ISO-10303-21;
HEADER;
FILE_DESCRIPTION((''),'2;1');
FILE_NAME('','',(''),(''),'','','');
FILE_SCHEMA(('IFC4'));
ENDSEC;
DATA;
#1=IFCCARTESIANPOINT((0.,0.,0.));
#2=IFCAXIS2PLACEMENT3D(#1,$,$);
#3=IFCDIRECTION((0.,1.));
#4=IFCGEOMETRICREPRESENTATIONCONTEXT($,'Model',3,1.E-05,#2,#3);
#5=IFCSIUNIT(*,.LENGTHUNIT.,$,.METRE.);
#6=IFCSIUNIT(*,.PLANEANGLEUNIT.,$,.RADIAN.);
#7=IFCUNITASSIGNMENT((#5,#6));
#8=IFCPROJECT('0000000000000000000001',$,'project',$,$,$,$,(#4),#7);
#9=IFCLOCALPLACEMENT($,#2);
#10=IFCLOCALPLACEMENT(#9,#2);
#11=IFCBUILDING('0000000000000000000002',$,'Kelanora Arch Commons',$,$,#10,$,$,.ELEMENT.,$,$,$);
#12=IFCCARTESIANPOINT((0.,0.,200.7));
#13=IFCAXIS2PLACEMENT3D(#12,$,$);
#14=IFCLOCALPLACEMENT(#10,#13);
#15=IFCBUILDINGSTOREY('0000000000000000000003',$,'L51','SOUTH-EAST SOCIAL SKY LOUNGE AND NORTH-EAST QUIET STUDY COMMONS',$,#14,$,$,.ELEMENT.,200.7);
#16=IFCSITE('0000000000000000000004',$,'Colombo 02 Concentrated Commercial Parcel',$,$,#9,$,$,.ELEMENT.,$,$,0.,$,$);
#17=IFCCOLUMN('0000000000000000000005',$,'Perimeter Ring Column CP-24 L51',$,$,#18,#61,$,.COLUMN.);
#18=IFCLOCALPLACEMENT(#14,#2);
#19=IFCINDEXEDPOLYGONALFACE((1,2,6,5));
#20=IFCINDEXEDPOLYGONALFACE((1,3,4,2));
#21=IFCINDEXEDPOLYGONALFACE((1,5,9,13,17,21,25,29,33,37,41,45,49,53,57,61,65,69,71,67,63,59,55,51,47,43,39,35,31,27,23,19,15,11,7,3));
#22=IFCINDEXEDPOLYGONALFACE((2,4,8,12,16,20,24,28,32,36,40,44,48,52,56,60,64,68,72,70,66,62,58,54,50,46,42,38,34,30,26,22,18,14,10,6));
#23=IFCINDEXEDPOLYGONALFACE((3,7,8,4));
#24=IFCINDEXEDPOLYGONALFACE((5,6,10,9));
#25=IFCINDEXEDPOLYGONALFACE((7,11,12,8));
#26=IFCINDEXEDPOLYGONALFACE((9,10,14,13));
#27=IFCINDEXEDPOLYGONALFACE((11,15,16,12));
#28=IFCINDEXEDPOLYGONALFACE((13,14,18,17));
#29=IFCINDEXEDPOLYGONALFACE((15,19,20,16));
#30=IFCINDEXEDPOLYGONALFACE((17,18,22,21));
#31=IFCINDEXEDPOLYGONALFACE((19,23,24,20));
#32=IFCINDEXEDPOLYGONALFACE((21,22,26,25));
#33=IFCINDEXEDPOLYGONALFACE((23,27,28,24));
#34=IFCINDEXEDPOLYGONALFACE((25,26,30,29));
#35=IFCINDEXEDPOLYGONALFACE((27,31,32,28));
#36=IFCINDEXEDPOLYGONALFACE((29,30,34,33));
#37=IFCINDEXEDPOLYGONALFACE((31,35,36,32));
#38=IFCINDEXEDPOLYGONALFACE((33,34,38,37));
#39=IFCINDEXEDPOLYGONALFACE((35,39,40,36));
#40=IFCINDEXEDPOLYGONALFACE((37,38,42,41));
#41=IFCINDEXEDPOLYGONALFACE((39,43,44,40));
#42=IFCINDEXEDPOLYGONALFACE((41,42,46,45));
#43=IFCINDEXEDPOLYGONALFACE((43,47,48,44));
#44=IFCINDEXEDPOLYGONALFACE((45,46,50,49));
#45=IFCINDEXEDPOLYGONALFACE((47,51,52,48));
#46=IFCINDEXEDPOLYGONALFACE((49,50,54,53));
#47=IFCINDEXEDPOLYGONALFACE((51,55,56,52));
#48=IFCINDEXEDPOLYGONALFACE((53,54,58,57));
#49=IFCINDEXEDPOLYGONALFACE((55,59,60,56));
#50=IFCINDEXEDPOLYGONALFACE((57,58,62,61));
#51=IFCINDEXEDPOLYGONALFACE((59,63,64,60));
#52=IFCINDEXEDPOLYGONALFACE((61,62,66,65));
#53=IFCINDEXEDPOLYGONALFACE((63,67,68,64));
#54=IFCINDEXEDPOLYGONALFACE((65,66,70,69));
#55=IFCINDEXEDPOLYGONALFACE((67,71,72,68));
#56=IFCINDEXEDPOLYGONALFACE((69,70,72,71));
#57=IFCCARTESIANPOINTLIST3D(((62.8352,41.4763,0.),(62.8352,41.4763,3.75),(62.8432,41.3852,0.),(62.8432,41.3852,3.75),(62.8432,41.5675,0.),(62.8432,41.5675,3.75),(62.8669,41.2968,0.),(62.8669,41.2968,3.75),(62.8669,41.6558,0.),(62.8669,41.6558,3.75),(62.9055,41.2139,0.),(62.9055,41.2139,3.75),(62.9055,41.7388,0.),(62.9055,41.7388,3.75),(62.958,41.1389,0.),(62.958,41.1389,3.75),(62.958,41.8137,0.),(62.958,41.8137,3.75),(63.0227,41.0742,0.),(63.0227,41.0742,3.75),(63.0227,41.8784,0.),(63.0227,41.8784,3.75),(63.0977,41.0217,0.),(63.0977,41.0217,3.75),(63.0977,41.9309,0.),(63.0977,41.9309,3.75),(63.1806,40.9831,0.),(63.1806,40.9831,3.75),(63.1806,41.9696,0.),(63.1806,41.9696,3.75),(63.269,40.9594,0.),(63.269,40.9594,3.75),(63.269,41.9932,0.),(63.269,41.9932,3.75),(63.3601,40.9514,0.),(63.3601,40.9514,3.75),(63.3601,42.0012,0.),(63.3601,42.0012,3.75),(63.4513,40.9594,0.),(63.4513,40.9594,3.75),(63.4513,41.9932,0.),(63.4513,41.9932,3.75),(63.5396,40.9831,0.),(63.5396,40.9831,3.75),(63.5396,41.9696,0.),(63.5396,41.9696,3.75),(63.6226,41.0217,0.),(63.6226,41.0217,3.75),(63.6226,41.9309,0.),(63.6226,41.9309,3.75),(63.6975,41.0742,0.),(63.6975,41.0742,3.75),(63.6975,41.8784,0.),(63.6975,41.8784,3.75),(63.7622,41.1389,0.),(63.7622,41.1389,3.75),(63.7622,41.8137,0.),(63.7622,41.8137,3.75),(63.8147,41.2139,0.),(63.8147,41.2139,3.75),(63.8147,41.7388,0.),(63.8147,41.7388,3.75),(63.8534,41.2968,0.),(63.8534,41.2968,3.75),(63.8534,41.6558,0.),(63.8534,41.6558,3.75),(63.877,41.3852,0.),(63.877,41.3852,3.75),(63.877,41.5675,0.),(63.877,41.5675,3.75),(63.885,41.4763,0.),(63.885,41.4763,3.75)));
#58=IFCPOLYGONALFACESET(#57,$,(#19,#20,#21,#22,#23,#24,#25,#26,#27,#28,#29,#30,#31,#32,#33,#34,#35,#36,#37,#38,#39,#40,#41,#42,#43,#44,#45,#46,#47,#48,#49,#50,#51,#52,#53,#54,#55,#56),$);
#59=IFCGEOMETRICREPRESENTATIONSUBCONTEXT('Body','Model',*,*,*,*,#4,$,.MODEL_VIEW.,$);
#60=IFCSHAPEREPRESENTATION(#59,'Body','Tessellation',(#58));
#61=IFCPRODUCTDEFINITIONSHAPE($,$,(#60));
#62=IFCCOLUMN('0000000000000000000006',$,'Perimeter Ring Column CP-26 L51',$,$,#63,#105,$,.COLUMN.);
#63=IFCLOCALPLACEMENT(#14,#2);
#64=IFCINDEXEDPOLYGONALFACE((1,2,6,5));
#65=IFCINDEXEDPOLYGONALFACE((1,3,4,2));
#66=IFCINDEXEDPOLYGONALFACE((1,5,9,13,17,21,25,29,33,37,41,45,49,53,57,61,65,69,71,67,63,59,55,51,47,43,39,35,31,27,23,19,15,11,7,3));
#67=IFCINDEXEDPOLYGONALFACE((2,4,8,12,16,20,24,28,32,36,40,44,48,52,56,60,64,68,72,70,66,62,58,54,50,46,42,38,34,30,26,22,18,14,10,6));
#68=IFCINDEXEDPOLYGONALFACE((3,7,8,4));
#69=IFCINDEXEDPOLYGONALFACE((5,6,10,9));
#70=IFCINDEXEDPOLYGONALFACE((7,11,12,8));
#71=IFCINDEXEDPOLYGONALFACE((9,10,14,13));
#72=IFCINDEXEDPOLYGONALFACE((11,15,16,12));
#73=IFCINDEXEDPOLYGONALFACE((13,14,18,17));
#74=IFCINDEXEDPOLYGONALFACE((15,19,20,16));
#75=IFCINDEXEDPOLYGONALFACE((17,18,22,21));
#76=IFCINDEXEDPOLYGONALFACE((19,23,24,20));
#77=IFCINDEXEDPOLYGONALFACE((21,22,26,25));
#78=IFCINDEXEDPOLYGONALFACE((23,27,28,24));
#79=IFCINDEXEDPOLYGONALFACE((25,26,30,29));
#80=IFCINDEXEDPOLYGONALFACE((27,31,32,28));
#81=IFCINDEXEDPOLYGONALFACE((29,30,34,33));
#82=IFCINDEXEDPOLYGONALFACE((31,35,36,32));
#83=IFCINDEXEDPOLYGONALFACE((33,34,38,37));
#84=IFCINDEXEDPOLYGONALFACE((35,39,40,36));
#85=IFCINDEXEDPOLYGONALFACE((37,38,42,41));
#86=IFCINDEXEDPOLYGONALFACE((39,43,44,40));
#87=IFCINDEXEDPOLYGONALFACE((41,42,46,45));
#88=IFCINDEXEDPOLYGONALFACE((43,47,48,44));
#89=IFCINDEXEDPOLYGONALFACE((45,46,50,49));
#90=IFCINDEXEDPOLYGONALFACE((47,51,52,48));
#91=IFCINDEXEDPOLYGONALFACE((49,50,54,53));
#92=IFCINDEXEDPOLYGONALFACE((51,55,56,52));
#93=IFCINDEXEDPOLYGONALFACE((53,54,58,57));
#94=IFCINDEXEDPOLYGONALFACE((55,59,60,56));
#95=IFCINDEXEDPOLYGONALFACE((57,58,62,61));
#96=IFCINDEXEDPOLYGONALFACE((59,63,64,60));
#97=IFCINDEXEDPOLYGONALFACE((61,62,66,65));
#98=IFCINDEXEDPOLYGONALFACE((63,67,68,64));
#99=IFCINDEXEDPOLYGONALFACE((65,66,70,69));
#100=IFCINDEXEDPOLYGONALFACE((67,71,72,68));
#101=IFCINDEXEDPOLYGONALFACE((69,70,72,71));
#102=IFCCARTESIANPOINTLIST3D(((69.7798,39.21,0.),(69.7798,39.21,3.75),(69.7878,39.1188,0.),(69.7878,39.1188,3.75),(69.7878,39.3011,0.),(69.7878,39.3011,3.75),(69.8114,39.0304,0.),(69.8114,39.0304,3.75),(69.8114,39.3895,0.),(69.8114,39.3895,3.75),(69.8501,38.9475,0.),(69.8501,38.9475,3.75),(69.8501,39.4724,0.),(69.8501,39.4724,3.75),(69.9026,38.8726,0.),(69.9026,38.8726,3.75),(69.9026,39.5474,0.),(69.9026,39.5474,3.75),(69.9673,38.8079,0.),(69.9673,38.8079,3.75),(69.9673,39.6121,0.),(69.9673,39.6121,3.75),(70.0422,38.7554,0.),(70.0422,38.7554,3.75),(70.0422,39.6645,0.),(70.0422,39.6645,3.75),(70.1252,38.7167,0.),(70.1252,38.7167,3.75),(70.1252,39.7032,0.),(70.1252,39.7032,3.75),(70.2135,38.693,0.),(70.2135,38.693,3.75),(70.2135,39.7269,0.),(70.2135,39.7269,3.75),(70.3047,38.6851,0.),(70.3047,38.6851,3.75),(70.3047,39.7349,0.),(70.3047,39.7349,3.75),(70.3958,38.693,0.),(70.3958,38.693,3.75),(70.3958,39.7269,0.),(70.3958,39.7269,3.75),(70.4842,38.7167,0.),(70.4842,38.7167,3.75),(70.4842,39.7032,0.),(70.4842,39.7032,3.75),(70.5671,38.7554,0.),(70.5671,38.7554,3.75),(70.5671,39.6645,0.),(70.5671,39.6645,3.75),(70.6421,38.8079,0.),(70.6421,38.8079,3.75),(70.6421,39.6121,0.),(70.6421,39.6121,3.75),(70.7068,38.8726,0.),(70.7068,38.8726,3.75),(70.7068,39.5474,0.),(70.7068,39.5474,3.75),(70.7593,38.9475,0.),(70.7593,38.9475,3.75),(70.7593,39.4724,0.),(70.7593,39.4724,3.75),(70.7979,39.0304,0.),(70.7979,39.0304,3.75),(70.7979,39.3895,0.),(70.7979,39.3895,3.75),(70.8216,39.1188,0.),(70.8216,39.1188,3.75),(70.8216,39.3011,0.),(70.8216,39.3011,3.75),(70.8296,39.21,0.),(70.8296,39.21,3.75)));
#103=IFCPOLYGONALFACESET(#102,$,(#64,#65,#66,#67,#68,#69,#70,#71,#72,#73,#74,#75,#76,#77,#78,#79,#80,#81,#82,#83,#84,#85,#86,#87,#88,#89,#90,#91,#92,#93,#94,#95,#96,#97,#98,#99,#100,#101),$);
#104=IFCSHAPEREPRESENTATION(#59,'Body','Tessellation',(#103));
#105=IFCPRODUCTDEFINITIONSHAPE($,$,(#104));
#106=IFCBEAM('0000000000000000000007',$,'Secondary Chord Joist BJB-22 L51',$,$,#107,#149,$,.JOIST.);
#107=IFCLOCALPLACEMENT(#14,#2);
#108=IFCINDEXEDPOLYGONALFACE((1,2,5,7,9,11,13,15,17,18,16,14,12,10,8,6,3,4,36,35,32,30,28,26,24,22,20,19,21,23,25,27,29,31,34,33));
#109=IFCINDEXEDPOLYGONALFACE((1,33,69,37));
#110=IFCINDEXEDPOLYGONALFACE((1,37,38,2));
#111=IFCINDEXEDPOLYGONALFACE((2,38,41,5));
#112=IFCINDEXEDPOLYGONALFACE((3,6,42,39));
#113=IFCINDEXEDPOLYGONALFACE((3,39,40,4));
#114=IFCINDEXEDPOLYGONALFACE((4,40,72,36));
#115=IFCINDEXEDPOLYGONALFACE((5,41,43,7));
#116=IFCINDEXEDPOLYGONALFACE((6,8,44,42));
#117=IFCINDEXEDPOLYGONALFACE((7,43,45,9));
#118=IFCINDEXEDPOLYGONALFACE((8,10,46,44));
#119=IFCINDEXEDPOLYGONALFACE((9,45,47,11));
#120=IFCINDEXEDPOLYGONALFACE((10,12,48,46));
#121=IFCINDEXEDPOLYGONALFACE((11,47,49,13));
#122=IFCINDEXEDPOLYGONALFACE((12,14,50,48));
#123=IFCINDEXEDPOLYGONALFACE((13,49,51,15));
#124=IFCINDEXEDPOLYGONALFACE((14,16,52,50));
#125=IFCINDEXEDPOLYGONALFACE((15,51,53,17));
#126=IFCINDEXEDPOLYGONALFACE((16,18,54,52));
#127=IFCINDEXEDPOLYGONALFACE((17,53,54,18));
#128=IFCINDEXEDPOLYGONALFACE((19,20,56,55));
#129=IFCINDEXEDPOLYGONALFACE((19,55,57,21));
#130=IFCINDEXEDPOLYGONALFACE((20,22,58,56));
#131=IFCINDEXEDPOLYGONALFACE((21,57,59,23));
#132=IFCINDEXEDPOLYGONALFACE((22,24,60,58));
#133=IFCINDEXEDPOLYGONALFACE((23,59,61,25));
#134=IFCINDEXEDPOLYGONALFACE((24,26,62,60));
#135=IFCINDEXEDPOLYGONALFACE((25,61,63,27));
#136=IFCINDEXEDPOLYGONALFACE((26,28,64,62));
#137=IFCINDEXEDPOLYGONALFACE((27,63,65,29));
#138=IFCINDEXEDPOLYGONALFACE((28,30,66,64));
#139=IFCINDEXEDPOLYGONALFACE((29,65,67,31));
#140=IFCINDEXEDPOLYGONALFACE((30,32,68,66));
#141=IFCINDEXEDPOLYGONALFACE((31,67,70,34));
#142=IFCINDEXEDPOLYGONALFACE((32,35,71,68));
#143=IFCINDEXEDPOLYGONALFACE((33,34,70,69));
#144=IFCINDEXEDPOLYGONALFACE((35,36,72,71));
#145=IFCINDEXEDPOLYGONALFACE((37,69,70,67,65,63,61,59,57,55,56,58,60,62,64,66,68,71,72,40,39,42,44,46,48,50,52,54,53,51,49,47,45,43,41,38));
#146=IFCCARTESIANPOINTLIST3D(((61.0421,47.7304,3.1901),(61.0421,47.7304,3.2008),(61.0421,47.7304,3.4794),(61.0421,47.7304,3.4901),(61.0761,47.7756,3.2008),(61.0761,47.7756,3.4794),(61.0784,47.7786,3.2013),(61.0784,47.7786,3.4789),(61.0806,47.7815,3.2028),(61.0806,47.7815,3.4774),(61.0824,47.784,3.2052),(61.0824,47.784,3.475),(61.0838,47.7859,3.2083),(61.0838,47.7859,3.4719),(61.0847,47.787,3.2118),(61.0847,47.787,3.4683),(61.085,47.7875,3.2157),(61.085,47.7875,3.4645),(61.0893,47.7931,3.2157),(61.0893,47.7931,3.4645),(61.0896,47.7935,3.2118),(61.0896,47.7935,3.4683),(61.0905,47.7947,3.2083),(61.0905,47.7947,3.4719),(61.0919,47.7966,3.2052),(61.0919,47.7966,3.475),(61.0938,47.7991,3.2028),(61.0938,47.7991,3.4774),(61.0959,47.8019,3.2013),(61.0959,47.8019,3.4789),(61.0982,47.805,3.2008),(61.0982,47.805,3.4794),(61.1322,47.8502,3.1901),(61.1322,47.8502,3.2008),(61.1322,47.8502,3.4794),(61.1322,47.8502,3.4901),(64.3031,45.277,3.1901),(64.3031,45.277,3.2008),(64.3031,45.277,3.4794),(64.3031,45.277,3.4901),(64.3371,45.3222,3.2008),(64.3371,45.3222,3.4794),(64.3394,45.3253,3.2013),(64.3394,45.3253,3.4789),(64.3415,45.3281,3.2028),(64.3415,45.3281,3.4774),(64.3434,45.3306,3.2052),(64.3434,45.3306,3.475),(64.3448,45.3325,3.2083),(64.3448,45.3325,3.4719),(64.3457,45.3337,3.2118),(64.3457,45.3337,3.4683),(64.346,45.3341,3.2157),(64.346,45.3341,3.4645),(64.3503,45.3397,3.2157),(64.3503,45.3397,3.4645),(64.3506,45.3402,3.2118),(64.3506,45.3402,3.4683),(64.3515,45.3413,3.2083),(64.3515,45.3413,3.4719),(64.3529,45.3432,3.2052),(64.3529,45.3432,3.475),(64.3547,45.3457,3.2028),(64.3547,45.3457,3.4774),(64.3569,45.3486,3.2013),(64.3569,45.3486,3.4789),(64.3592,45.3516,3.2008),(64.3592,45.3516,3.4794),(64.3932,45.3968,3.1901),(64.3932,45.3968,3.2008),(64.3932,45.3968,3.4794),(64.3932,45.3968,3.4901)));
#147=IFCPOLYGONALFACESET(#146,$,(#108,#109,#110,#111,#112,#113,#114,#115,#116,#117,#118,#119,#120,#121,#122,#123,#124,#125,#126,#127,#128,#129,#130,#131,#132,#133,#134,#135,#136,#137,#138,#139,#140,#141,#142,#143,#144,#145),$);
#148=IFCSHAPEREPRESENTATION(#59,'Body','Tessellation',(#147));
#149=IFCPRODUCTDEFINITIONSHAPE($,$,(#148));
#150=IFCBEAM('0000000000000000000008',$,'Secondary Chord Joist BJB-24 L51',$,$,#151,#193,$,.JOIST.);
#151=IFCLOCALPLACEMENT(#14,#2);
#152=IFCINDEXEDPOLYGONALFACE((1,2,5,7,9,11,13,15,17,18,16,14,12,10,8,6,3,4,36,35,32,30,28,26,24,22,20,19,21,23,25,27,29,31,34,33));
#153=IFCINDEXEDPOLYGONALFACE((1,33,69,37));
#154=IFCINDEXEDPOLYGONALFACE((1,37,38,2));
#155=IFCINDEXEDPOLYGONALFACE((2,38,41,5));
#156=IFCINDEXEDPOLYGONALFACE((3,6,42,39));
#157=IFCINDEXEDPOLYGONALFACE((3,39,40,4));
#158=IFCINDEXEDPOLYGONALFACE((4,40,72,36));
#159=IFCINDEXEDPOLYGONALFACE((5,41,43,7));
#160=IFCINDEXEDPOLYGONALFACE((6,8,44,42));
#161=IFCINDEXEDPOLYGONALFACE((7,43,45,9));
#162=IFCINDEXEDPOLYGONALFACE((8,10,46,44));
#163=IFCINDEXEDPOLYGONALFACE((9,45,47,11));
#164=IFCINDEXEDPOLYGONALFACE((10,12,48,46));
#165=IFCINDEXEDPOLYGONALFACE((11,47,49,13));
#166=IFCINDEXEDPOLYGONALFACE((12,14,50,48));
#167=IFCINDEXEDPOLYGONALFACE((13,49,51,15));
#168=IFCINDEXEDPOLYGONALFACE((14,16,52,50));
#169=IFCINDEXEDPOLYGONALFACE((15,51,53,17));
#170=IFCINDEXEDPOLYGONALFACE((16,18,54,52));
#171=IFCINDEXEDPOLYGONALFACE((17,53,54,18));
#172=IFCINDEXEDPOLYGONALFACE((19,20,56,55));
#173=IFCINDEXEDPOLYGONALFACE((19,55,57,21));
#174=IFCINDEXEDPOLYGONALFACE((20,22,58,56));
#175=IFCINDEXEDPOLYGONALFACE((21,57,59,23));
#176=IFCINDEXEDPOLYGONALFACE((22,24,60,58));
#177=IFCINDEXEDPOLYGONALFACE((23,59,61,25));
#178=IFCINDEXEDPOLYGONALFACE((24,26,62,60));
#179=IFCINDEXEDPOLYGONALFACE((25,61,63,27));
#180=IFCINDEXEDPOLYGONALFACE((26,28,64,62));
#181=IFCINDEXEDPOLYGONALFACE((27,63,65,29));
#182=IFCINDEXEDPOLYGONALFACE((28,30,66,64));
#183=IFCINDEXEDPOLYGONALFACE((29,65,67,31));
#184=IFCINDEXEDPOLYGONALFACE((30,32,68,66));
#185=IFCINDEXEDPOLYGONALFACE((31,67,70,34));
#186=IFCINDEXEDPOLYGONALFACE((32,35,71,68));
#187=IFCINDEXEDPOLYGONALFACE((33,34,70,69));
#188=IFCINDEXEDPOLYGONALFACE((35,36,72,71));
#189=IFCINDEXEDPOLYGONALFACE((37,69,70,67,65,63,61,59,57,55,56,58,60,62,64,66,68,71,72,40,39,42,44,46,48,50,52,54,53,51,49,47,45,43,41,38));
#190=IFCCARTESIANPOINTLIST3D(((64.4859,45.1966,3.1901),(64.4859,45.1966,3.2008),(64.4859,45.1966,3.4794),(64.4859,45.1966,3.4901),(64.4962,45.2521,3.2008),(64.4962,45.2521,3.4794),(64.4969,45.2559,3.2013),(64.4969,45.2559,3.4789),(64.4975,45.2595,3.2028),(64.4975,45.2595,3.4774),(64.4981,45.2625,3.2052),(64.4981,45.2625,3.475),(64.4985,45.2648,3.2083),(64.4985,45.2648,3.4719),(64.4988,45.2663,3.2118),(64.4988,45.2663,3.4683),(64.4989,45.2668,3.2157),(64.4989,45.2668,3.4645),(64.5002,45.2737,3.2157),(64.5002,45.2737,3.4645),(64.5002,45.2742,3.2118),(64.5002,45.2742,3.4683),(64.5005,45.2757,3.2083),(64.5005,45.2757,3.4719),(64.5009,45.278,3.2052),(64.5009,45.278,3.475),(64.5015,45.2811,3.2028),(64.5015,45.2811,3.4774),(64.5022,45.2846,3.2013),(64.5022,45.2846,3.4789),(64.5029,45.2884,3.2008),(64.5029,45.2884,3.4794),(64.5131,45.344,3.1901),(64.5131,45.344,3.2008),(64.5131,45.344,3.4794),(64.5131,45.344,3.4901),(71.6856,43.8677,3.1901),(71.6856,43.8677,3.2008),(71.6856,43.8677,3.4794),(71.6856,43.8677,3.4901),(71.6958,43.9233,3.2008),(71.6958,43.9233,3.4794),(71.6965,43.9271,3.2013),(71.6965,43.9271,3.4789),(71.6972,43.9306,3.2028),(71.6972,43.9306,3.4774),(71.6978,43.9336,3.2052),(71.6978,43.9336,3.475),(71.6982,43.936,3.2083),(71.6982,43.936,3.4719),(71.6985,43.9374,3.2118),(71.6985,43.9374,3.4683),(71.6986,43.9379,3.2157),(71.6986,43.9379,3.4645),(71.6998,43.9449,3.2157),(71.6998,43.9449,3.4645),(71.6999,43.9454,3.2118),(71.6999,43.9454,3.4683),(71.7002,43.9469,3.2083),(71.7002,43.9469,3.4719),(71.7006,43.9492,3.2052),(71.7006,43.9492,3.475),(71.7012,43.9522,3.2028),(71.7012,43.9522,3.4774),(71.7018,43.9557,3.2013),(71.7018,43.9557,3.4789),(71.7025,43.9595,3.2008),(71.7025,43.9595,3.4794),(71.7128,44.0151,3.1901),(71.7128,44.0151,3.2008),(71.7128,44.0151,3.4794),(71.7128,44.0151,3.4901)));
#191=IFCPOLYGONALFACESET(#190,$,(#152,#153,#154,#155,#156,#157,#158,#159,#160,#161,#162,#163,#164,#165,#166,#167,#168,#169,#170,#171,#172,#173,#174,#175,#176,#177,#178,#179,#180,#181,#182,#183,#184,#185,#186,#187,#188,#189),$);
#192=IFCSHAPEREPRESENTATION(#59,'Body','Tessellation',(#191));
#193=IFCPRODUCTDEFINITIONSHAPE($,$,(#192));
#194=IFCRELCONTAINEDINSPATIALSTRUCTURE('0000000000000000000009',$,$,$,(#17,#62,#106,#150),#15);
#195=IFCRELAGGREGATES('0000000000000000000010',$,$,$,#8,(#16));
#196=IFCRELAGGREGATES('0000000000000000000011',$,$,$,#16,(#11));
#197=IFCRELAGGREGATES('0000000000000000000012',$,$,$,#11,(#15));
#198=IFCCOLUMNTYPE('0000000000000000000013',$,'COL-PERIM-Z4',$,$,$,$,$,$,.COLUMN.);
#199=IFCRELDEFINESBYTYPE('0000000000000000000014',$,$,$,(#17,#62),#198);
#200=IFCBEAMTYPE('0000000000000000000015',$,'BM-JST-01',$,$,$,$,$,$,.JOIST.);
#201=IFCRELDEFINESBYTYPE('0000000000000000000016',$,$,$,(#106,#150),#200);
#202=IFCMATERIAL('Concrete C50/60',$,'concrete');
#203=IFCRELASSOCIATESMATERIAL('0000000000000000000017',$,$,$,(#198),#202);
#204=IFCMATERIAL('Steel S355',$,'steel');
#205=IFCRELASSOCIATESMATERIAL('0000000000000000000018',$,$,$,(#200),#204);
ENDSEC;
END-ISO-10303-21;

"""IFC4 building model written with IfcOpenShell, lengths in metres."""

from ifc_helpers import new_model, si_unit, direction, frame, origin, origin_2d, place, context, subcontext, project, spatial, circle, i_section, extrude, material, material_profile, profile_set, type_object, element, save


model = new_model("IFC4")

# Units and contexts
model_context = context("Model", 3, precision=1e-05, world=origin(), true_north=direction((0.0, 1.0)))
body_context = subcontext(model_context, "Body", "Model", "MODEL_VIEW")
ifc_project = project(units=[si_unit("LENGTHUNIT", "METRE"), si_unit("PLANEANGLEUNIT", "RADIAN")], contexts=[model_context])

# Site, building, storey
site_placement = place(None, origin())
site = spatial("IfcSite", under=ifc_project, at=site_placement, Name="Colombo 02 Concentrated Commercial Parcel", CompositionType="ELEMENT", RefElevation=0.0)
building_placement = place(site_placement, origin())
building = spatial("IfcBuilding", under=site, at=building_placement, Name="Kelanora Arch Commons", CompositionType="ELEMENT")
storey_placement = place(building_placement, frame((0.0, 0.0, 200.7)))
storey = spatial("IfcBuildingStorey", under=building, at=storey_placement, Name="L51", Description="SOUTH-EAST SOCIAL SKY LOUNGE AND NORTH-EAST QUIET STUDY COMMONS", CompositionType="ELEMENT", Elevation=200.7)

# Columns
ifc_material_1 = material(Name="Concrete C50/60", Category="concrete")
ifc_material_profile_1 = material_profile(ifc_material_1, circle(Radius=0.5249, at=origin_2d()), Name="RCC1050")
ifc_profile_set_1 = profile_set([ifc_material_profile_1], Name="Concrete C50/60")
column_type = type_object("IfcColumnType", Name="COL-PERIM-Z4", PredefinedType="COLUMN", material=ifc_profile_set_1)
for number, where, z_axis, x_axis, name in (
    (1, (63.3601, 41.4763, 0.0), (0.0, 0.0, 1.0), (1.0, 0.0, 0.0), "Perimeter Ring Column CP-24 L51"),
    (2, (70.3047, 39.21, 0.0), (0.0, 0.0, 1.0), (1.0, 0.0, 0.0), "Perimeter Ring Column CP-26 L51"),
):
    element("IfcColumn", number, at=place(storey_placement, frame(where, z_axis=z_axis, x_axis=x_axis)), inside=storey, type_object=column_type, Name=name, PredefinedType="COLUMN", context=body_context, shape_type="SweptSolid", body=[
        extrude(circle(Radius=0.5249, at=origin_2d()), origin(), (0.0, 0.0, 1.0), 3.75),
    ])

# Beams
ifc_material_2 = material(Name="Steel S355", Category="steel")
ifc_material_profile_2 = material_profile(ifc_material_2, i_section(OverallWidth=0.1499, OverallDepth=0.3, WebThickness=0.0071, FlangeThickness=0.0107, FilletRadius=0.0149, at=origin_2d()), Name="IPE300")
ifc_profile_set_2 = profile_set([ifc_material_profile_2], Name="Steel S355")
beam_type_1 = type_object("IfcBeamType", Name="BM-JST-01", PredefinedType="JOIST", material=ifc_profile_set_2)
beam_1_placement = place(storey_placement, frame((61.0872, 47.7903, 3.3401), z_axis=(0.799102, -0.601196, 0.0), x_axis=(0.601196, 0.799102, 0.0)))
element("IfcBeam", 3, at=beam_1_placement, inside=storey, type_object=beam_type_1, Name="Secondary Chord Joist BJB-22 L51", PredefinedType="JOIST", context=body_context, shape_type="SweptSolid", body=[
    extrude(i_section(OverallWidth=0.1499, OverallDepth=0.3, WebThickness=0.0071, FlangeThickness=0.0107, FilletRadius=0.0149, at=origin_2d()), origin(), (0.0, 0.0, 1.0), 4.0808),
])
beam_2_placement = place(storey_placement, frame((64.4995, 45.2703, 3.3401), z_axis=(0.98339, -0.181505, 0.0), x_axis=(0.181505, 0.98339, 0.0)))
element("IfcBeam", 4, at=beam_2_placement, inside=storey, type_object=beam_type_1, Name="Secondary Chord Joist BJB-24 L51", PredefinedType="JOIST", context=body_context, shape_type="SweptSolid", body=[
    extrude(i_section(OverallWidth=0.1499, OverallDepth=0.3, WebThickness=0.0071, FlangeThickness=0.0107, FilletRadius=0.0149, at=origin_2d()), origin(), (0.0, 0.0, 1.0), 7.3213),
])

save(model, "model.ifc")
